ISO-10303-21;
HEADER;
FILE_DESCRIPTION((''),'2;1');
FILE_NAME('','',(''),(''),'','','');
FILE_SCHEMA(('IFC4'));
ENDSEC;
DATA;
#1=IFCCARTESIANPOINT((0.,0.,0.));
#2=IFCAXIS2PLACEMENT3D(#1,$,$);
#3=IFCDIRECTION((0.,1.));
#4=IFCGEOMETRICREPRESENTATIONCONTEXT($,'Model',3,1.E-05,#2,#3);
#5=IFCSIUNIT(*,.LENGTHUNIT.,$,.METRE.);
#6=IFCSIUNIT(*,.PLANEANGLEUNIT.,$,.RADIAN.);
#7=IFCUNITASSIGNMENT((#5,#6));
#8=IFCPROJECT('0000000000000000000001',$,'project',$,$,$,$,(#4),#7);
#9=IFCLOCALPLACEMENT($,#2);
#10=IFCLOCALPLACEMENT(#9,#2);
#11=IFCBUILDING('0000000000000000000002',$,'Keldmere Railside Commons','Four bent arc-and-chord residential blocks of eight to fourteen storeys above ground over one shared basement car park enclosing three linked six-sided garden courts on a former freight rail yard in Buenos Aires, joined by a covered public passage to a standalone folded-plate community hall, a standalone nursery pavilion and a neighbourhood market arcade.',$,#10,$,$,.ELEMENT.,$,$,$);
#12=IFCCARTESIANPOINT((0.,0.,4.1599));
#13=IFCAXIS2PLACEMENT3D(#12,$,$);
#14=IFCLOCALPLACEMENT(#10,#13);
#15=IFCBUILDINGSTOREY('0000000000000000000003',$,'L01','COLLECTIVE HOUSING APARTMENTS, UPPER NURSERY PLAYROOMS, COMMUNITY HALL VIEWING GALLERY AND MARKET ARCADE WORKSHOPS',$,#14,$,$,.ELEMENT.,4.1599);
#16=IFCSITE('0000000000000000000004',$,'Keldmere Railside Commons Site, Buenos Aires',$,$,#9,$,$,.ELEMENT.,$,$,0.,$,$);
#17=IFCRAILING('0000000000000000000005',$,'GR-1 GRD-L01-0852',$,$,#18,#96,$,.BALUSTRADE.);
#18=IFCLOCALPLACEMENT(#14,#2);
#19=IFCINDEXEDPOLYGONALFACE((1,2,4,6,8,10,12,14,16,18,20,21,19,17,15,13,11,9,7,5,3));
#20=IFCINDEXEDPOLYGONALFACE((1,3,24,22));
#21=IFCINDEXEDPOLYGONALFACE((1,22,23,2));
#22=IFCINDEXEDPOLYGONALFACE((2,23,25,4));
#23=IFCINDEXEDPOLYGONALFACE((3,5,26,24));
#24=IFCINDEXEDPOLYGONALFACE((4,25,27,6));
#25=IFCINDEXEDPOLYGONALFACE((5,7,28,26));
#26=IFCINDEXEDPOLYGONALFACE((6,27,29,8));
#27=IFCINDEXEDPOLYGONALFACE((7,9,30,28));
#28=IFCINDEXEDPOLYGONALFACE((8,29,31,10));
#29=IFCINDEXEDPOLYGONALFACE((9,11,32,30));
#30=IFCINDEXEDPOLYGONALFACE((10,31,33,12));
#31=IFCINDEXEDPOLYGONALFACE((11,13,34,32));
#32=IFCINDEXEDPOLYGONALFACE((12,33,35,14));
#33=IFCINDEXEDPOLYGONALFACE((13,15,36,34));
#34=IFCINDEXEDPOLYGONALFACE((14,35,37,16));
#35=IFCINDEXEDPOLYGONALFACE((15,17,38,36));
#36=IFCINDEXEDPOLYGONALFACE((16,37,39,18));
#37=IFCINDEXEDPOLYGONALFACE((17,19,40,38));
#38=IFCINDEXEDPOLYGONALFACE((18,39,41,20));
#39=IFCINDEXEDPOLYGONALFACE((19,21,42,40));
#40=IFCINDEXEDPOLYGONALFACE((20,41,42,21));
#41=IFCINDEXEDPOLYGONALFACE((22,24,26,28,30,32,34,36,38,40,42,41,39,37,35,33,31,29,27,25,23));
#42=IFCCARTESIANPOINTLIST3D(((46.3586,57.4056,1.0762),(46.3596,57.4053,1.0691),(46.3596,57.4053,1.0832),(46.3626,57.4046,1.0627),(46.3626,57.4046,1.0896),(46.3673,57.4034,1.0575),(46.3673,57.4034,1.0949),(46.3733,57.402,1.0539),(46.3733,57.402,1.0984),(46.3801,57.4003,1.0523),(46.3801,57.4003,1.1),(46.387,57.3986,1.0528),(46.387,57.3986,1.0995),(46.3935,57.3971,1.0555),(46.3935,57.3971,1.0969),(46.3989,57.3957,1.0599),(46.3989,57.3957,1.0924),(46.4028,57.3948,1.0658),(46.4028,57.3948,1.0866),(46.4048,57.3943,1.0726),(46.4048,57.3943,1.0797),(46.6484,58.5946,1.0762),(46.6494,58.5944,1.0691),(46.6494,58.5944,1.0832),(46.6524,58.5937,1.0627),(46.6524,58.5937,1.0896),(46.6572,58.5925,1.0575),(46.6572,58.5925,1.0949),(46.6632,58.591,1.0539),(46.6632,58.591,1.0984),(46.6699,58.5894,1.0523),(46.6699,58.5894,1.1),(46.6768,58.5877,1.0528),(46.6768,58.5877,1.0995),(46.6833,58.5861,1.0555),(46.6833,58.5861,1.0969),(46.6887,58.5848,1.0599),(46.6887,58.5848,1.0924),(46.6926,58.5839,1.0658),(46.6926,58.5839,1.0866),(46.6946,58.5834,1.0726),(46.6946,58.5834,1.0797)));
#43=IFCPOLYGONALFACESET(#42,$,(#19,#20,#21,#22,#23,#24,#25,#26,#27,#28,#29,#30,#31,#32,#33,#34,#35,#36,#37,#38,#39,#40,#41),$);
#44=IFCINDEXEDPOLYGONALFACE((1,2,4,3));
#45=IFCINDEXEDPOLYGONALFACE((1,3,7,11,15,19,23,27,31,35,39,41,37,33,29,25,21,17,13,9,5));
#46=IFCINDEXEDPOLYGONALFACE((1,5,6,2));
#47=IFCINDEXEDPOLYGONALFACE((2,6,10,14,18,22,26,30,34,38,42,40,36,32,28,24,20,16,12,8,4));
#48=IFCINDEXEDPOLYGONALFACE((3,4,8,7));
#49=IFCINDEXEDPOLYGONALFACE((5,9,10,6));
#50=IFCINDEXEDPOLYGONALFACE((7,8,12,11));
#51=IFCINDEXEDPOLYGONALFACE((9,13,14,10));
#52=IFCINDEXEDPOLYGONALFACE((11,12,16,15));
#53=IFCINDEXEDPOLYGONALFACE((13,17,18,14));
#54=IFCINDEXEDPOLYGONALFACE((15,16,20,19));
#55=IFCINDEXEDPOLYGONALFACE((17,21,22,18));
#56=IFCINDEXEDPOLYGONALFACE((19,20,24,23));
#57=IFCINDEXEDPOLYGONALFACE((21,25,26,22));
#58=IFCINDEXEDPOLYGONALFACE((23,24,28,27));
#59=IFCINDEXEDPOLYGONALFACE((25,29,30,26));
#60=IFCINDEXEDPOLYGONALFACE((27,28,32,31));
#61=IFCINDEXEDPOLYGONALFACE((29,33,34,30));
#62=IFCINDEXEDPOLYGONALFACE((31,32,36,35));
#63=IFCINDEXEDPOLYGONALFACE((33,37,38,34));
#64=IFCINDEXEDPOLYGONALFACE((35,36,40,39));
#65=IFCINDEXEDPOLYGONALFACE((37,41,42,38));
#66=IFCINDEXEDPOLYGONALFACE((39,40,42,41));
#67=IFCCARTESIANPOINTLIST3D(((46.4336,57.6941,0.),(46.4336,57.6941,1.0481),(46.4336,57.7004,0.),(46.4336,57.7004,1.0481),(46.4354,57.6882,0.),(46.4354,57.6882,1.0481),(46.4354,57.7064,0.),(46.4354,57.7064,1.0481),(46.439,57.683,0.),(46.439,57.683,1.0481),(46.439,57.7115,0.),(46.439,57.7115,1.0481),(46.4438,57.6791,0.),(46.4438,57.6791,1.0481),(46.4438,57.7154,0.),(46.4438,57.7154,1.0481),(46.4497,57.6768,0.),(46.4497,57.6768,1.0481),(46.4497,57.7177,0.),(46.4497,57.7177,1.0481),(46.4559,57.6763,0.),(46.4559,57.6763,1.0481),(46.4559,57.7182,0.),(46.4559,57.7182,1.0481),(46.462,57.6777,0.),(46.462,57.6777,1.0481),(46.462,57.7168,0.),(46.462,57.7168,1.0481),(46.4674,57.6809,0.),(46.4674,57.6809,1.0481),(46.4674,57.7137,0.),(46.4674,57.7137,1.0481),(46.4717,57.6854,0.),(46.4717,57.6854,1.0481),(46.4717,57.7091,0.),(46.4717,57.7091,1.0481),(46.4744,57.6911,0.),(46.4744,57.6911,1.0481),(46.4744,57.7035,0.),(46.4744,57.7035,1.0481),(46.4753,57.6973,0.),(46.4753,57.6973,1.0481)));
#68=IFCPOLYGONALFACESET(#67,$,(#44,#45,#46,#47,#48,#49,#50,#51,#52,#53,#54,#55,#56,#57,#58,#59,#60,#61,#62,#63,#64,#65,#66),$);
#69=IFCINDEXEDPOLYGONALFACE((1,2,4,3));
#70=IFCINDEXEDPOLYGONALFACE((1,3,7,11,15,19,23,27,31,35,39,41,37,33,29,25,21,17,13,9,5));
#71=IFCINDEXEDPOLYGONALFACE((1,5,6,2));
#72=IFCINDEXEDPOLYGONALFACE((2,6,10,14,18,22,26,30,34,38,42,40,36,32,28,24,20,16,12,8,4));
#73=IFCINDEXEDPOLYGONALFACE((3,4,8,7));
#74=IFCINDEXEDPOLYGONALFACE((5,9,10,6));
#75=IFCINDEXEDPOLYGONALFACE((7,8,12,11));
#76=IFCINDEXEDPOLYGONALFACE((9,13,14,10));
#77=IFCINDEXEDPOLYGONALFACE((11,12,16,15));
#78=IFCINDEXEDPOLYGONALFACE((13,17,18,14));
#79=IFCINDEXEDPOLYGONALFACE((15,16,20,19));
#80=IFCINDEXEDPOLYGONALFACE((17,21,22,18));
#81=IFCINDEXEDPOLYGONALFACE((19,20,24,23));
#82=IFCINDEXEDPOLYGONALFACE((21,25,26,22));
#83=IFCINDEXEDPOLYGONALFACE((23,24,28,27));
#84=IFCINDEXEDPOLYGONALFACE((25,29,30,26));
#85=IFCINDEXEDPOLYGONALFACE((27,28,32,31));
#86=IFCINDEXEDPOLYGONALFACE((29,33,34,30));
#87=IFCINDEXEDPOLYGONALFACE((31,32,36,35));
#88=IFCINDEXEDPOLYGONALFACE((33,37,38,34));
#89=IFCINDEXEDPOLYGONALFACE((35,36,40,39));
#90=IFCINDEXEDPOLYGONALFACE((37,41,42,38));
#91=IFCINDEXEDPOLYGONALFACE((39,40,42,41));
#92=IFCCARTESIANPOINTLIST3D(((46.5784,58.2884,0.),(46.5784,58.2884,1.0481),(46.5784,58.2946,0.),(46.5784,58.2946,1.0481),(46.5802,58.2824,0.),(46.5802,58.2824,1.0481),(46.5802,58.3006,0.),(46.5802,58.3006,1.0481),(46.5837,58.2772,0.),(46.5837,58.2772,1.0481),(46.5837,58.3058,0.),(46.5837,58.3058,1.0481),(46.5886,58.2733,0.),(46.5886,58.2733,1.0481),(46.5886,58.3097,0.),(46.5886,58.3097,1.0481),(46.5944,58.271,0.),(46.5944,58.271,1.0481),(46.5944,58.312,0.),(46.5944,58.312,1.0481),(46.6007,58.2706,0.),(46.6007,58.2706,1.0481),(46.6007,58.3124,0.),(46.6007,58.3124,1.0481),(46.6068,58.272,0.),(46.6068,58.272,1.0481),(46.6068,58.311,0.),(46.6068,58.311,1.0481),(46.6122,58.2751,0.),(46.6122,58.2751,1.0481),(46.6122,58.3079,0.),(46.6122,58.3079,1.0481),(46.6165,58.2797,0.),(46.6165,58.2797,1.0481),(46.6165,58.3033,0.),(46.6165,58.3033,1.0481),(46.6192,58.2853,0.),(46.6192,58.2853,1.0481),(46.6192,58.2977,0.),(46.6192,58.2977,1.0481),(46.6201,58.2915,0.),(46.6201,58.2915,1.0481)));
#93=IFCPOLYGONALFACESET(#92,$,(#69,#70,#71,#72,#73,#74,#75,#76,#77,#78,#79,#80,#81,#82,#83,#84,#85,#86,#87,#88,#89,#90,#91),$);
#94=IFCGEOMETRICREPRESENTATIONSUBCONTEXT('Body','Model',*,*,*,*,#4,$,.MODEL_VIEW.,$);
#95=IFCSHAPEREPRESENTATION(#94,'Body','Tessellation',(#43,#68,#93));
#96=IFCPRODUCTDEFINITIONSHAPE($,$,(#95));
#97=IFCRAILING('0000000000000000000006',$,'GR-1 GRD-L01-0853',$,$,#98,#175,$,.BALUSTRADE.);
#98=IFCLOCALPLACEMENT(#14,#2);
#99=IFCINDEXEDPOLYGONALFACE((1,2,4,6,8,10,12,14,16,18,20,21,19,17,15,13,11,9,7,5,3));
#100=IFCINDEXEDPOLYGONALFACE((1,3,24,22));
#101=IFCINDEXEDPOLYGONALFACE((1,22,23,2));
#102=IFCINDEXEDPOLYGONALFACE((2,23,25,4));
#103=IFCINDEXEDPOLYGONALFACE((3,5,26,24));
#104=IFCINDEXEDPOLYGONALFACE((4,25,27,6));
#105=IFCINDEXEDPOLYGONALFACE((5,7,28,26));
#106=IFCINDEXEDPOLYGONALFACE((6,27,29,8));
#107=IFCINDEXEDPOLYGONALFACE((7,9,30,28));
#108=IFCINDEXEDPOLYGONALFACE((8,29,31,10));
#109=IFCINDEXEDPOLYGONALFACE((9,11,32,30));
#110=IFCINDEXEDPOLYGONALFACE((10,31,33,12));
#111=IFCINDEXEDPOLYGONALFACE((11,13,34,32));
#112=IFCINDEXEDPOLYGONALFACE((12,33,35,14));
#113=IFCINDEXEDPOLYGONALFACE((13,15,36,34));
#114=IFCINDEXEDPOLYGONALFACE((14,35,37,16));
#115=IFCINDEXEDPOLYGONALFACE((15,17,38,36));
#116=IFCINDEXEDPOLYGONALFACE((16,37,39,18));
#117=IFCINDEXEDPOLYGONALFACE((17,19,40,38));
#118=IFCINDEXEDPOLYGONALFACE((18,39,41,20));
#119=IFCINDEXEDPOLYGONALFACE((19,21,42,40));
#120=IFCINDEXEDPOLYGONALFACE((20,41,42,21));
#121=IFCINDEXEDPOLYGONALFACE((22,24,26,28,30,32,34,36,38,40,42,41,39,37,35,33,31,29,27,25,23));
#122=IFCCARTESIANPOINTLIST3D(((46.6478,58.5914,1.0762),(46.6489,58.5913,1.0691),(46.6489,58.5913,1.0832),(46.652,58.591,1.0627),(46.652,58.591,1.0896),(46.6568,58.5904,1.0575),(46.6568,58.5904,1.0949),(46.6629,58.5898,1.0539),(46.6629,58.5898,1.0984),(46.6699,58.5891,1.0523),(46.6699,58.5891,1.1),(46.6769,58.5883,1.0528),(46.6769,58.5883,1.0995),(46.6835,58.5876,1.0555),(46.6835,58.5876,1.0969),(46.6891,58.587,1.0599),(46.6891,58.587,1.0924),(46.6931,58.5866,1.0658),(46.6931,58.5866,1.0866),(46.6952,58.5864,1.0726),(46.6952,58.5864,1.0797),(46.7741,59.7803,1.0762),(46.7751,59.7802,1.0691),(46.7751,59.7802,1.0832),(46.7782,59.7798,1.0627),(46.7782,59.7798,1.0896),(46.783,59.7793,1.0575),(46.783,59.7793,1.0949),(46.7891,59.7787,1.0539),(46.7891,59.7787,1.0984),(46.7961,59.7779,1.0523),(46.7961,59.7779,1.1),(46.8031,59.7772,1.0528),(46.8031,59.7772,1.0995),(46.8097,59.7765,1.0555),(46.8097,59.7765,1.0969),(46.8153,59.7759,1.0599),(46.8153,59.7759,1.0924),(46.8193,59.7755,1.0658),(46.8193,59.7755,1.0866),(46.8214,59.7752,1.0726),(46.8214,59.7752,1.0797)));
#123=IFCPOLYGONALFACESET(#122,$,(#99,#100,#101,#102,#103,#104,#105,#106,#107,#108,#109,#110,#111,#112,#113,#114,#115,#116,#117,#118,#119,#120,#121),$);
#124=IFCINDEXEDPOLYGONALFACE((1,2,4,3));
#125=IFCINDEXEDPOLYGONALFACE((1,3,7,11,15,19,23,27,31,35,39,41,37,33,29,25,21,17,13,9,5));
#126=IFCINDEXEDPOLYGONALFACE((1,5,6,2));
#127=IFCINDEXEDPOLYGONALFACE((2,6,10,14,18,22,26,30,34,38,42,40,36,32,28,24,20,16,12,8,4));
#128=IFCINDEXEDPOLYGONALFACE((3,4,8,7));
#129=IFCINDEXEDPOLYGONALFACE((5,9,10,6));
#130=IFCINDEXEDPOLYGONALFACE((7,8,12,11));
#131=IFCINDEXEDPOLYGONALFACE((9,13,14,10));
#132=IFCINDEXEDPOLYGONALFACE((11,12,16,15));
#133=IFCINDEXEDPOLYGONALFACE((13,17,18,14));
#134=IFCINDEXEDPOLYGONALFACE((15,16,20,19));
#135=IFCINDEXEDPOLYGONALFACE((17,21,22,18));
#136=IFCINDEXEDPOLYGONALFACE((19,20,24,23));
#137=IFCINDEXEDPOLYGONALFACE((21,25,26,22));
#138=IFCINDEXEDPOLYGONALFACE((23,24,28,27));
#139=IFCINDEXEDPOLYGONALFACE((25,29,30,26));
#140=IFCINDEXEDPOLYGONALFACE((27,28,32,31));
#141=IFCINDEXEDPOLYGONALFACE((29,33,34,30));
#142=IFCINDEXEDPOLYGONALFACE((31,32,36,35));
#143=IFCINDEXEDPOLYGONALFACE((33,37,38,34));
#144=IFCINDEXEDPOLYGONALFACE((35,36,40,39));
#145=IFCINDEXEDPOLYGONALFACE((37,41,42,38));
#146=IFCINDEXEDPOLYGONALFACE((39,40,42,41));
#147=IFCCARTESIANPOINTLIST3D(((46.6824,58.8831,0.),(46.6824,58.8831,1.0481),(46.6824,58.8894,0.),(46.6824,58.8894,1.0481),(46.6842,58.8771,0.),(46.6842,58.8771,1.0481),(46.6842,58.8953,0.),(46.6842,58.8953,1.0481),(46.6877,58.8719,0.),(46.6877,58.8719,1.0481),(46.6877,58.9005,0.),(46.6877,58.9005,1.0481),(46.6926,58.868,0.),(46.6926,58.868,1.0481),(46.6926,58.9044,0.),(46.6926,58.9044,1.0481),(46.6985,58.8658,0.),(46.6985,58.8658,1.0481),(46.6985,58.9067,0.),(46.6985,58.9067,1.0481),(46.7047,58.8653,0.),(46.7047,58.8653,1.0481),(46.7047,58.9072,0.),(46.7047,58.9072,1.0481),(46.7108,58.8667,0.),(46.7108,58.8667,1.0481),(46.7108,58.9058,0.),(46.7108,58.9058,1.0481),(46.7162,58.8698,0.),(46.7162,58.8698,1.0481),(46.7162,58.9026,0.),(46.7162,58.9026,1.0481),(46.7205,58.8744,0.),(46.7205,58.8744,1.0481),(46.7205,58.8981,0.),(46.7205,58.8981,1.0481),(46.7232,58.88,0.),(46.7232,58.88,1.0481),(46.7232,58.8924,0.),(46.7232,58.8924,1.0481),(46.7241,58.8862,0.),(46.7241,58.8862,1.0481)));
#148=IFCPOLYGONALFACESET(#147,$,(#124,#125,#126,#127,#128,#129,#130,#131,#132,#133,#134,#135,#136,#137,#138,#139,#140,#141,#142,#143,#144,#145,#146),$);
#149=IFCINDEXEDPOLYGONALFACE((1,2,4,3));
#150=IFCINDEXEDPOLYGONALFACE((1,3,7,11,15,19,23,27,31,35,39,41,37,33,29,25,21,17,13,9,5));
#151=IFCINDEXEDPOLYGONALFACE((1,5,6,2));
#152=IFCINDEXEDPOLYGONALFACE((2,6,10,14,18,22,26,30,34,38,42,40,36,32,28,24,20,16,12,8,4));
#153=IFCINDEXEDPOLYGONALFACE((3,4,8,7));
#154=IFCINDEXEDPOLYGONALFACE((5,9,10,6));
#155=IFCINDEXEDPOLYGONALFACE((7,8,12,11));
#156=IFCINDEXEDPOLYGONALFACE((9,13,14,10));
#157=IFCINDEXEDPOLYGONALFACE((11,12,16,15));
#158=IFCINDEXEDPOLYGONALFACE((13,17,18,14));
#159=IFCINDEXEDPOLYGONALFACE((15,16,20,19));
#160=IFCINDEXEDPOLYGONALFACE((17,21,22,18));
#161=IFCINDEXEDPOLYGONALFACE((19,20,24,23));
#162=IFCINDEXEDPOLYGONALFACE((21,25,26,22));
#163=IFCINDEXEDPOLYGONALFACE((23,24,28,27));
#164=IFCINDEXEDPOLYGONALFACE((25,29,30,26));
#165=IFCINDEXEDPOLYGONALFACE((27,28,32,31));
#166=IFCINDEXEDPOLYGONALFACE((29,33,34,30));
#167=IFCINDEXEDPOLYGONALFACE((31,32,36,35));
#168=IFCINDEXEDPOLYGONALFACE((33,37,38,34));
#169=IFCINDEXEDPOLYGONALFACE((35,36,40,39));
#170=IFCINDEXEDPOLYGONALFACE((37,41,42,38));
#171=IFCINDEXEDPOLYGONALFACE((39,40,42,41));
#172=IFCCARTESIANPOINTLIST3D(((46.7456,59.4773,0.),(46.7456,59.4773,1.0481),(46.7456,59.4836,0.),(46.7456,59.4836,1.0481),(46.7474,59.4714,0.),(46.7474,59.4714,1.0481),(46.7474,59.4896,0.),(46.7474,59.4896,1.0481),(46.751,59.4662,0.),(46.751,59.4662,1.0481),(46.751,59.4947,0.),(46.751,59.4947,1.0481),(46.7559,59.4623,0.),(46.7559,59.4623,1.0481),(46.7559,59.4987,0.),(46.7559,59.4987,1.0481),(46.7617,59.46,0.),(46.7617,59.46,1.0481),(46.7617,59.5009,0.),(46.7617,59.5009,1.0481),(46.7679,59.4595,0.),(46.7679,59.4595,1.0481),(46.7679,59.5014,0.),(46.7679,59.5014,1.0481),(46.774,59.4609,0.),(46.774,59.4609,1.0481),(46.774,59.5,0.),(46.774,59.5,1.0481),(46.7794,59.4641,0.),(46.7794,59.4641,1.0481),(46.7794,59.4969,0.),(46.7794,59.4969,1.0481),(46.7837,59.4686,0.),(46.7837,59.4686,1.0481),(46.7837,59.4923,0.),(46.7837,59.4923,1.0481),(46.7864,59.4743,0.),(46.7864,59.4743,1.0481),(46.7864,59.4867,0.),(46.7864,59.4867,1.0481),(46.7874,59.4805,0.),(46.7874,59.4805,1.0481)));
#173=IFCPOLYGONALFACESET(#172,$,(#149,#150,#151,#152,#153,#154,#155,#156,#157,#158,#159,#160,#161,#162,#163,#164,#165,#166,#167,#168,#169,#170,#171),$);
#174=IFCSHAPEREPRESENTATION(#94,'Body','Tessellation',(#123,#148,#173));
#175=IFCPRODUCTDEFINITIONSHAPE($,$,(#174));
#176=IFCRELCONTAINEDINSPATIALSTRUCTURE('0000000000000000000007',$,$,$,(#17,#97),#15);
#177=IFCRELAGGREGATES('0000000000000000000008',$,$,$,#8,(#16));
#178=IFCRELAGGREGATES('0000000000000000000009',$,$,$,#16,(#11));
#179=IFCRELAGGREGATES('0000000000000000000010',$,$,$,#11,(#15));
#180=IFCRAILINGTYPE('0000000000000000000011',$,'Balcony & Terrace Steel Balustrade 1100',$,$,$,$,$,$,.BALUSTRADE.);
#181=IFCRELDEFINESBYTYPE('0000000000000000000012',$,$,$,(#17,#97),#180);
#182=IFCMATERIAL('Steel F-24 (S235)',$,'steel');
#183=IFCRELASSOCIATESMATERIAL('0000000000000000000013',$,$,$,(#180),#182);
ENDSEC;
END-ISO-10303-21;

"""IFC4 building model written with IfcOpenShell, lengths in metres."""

from ifc_helpers import new_model, si_unit, direction, frame, origin, origin_2d, place, context, subcontext, project, spatial, circle, extrude, material, type_object, element, save


model = new_model("IFC4")

# Units and contexts
model_context = context("Model", 3, precision=1e-05, world=origin(), true_north=direction((0.0, 1.0)))
body_context = subcontext(model_context, "Body", "Model", "MODEL_VIEW")
ifc_project = project(units=[si_unit("LENGTHUNIT", "METRE"), si_unit("PLANEANGLEUNIT", "RADIAN")], contexts=[model_context])

# Site, building, storey
site_placement = place(None, origin())
site = spatial("IfcSite", under=ifc_project, at=site_placement, Name="Keldmere Railside Commons Site, Buenos Aires", CompositionType="ELEMENT", RefElevation=0.0)
building_placement = place(site_placement, origin())
building = spatial("IfcBuilding", under=site, at=building_placement, Name="Keldmere Railside Commons", Description="Four bent arc-and-chord residential blocks of eight to fourteen storeys above ground over one shared basement car park enclosing three linked six-sided garden courts on a former freight rail yard in Buenos Aires, joined by a covered public passage to a standalone folded-plate community hall, a standalone nursery pavilion and a neighbourhood market arcade.", CompositionType="ELEMENT")
storey_placement = place(building_placement, frame((0.0, 0.0, 4.1599)))
storey = spatial("IfcBuildingStorey", under=building, at=storey_placement, Name="L01", Description="COLLECTIVE HOUSING APARTMENTS, UPPER NURSERY PLAYROOMS, COMMUNITY HALL VIEWING GALLERY AND MARKET ARCADE WORKSHOPS", CompositionType="ELEMENT", Elevation=4.1599)

# Railings
ifc_material_1 = material(Name="Steel F-24 (S235)", Category="steel")
railing_type = type_object("IfcRailingType", Name="Balcony & Terrace Steel Balustrade 1100", PredefinedType="BALUSTRADE", material=ifc_material_1)
railing_1_placement = place(storey_placement, frame((46.3818, 57.3999, 0.0)))
element("IfcRailing", 1, at=railing_1_placement, inside=storey, type_object=railing_type, Name="GR-1 GRD-L01-0852", PredefinedType="BALUSTRADE", context=body_context, shape_type="SweptSolid", body=[
    extrude(circle(Radius=0.0239, at=origin_2d()), frame((0.0, 0.0, 1.0762), z_axis=(0.236805, 0.971557, 0.0), x_axis=(-0.971557, 0.236805, 0.0)), (0.0, 0.0, 1.0), 1.2239),
    extrude(circle(Radius=0.021, at=origin_2d()), frame((0.0725, 0.2974, 0.0)), (0.0, 0.0, 1.0), 1.0481),
    extrude(circle(Radius=0.021, at=origin_2d()), frame((0.2173, 0.8916, 0.0)), (0.0, 0.0, 1.0), 1.0481),
])
railing_2_placement = place(storey_placement, frame((46.6716, 58.5889, 0.0)))
element("IfcRailing", 2, at=railing_2_placement, inside=storey, type_object=railing_type, Name="GR-1 GRD-L01-0853", PredefinedType="BALUSTRADE", context=body_context, shape_type="SweptSolid", body=[
    extrude(circle(Radius=0.0239, at=origin_2d()), frame((0.0, 0.0, 1.0762), z_axis=(0.105567, 0.994412, 0.0), x_axis=(-0.994412, 0.105567, 0.0)), (0.0, 0.0, 1.0), 1.1956),
    extrude(circle(Radius=0.021, at=origin_2d()), frame((0.0315, 0.2974, 0.0)), (0.0, 0.0, 1.0), 1.0481),
    extrude(circle(Radius=0.021, at=origin_2d()), frame((0.0947, 0.8916, 0.0)), (0.0, 0.0, 1.0), 1.0481),
])

save(model, "model.ifc")
